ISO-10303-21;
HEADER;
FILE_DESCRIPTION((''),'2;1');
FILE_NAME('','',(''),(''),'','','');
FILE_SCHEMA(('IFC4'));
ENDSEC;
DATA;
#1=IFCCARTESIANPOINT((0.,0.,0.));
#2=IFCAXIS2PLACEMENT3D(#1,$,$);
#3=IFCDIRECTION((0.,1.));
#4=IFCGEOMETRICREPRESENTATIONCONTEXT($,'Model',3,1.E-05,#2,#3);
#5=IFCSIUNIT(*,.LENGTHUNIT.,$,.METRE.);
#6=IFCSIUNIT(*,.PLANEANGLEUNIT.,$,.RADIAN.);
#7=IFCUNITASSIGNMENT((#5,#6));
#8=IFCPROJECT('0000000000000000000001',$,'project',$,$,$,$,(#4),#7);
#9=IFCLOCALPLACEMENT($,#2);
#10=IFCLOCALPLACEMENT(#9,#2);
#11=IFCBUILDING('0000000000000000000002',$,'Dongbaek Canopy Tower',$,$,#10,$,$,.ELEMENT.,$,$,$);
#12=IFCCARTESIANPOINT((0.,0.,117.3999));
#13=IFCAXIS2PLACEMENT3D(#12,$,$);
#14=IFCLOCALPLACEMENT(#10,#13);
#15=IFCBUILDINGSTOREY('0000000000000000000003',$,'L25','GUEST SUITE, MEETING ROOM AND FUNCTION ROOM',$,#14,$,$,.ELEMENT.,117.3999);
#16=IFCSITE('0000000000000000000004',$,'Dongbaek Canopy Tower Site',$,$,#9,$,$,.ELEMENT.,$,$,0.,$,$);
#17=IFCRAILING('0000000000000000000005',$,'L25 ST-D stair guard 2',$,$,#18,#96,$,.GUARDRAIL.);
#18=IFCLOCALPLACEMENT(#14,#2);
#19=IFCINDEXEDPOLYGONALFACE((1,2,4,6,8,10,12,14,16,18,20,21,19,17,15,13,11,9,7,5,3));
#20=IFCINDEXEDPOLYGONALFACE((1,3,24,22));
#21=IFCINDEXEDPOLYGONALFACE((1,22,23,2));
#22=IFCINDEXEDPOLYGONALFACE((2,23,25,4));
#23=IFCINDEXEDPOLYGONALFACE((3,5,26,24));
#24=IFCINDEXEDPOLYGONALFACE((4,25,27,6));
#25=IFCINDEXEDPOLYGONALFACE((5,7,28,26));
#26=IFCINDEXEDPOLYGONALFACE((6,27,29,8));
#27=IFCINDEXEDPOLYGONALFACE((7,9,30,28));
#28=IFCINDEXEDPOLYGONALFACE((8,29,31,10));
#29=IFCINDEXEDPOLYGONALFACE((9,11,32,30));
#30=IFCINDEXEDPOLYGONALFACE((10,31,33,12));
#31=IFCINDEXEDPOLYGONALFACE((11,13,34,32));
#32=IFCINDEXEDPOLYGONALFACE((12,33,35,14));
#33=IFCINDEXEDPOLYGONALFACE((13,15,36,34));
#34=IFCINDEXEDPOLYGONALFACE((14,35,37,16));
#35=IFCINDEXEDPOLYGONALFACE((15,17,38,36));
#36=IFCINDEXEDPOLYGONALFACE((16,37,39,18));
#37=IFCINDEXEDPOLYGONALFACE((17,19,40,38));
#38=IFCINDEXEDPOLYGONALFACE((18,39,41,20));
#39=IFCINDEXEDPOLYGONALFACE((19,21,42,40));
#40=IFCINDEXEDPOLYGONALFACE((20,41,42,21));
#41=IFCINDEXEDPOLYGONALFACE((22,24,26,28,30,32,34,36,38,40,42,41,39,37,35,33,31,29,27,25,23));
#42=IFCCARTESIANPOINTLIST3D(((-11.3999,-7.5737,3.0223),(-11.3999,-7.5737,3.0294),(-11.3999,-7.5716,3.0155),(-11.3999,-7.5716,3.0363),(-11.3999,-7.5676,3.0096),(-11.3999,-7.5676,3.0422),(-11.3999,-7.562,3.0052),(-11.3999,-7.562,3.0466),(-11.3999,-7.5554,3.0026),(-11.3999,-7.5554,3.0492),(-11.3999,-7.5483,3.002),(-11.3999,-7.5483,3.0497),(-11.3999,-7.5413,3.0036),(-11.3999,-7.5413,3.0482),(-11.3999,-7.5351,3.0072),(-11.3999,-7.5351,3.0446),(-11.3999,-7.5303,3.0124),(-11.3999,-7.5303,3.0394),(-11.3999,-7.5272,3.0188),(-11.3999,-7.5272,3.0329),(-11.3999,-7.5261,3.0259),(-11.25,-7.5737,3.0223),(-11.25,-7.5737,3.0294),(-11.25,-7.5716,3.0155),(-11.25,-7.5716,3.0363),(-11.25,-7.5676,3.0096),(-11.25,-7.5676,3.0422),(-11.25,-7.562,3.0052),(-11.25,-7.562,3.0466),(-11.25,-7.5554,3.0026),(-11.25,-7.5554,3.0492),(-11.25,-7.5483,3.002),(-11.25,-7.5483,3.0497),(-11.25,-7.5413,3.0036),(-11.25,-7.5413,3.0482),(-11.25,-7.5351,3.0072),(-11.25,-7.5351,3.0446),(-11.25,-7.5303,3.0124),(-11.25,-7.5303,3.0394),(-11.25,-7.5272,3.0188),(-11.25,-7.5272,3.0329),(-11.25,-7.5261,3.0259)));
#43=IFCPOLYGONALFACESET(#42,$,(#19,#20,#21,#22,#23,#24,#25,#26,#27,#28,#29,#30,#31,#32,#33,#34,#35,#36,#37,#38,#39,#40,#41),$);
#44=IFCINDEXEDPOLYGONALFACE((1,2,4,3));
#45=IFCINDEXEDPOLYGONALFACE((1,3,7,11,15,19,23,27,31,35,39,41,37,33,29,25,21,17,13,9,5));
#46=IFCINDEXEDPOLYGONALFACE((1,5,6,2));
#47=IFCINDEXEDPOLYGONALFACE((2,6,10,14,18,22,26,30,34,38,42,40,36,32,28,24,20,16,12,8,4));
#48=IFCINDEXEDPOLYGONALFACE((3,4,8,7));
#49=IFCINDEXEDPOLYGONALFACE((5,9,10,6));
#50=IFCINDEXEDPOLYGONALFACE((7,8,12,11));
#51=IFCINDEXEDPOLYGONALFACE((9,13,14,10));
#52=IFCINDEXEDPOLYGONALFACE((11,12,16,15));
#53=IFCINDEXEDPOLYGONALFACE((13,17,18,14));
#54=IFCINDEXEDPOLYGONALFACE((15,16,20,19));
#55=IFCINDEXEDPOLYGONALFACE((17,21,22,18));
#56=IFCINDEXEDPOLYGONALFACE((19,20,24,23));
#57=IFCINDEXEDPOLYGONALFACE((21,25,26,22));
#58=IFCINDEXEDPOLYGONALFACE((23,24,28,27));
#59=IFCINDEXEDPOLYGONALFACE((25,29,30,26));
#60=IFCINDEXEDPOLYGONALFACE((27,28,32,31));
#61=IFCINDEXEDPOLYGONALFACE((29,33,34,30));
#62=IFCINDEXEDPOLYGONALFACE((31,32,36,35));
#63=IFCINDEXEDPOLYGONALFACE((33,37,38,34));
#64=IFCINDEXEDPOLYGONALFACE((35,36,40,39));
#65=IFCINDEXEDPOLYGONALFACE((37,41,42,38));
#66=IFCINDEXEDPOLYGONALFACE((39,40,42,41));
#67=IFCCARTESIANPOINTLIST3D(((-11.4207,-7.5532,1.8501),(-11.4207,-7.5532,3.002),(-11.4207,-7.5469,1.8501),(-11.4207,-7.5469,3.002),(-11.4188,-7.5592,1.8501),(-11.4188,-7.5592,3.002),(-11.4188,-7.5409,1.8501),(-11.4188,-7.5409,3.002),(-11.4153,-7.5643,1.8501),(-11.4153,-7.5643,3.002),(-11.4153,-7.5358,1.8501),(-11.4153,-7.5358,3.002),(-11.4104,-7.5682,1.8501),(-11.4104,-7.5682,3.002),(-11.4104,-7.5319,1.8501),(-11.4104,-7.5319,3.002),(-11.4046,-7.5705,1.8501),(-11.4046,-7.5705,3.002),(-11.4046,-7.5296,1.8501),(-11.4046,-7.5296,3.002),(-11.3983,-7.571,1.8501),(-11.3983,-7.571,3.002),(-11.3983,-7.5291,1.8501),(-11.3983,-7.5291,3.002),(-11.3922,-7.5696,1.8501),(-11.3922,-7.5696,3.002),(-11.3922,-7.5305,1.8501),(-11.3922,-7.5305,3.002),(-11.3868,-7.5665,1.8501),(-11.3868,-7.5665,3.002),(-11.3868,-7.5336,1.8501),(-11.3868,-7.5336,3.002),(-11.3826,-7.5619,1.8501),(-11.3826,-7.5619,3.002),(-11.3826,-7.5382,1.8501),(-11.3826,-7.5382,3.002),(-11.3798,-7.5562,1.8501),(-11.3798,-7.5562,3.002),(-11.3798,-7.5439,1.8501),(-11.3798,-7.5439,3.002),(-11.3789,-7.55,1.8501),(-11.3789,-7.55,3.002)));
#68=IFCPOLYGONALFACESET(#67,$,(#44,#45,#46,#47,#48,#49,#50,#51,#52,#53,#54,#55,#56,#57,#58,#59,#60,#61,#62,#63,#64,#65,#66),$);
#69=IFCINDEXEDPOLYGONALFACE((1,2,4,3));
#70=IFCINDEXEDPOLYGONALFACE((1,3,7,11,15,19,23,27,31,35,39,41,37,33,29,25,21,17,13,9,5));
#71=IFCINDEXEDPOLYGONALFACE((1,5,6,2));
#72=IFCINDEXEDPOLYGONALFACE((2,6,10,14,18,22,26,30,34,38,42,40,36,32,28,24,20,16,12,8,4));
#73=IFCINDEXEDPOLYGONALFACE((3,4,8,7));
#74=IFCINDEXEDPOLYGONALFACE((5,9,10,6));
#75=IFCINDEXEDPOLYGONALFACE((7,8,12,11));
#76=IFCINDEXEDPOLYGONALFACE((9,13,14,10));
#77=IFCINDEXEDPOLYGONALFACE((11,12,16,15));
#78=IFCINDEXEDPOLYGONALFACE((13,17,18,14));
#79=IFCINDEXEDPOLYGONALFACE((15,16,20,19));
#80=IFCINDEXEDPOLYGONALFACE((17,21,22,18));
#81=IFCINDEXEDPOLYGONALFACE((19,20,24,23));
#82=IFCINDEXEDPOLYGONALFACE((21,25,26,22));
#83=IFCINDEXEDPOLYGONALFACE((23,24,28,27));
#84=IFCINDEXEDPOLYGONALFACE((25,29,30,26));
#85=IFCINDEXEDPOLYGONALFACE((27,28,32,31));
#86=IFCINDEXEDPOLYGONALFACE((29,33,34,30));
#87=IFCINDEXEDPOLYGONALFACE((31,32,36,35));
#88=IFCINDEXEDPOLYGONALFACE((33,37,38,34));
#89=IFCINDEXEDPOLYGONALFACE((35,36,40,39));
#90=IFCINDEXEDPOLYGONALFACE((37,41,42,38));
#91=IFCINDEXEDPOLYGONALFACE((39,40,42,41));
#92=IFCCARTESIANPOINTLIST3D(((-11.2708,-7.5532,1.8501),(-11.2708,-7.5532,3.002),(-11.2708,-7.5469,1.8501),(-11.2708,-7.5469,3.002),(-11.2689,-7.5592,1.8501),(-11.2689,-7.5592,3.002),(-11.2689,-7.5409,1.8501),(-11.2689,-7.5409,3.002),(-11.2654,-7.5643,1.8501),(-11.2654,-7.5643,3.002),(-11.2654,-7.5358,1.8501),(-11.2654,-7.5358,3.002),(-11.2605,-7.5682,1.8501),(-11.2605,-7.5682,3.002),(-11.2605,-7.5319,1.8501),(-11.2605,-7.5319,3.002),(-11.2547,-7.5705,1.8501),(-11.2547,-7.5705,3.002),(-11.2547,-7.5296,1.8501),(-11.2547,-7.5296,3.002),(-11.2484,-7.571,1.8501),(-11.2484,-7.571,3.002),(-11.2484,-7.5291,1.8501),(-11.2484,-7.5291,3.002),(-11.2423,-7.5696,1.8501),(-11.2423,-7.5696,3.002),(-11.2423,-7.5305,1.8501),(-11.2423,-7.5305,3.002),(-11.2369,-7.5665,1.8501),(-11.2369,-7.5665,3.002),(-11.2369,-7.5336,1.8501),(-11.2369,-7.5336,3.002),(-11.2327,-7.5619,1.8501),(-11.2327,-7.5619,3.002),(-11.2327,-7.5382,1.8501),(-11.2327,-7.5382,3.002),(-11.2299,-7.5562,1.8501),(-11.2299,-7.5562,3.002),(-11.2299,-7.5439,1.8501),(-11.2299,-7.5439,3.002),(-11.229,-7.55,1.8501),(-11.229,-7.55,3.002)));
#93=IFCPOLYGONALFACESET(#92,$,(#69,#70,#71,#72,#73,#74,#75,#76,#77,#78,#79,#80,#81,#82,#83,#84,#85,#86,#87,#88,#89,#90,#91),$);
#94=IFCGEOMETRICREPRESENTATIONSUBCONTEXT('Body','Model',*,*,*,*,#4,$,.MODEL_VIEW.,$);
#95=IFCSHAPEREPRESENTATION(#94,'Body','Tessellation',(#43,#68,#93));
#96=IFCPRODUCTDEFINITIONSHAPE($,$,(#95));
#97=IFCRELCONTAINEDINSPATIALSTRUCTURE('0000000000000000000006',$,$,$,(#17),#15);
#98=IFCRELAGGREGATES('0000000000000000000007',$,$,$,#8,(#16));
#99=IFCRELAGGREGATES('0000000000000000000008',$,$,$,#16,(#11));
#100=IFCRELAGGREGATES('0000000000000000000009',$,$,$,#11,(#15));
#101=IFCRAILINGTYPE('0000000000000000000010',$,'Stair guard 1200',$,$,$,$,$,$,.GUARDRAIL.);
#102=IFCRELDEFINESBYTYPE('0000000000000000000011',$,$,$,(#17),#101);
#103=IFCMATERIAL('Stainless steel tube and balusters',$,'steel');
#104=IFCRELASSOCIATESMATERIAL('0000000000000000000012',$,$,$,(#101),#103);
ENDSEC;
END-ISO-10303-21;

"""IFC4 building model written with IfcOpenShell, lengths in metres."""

from ifc_helpers import new_model, si_unit, direction, frame, origin, origin_2d, place, context, subcontext, project, spatial, circle, extrude, material, type_object, element, save


model = new_model("IFC4")

# Units and contexts
model_context = context("Model", 3, precision=1e-05, world=origin(), true_north=direction((0.0, 1.0)))
body_context = subcontext(model_context, "Body", "Model", "MODEL_VIEW")
ifc_project = project(units=[si_unit("LENGTHUNIT", "METRE"), si_unit("PLANEANGLEUNIT", "RADIAN")], contexts=[model_context])

# Site, building, storey
site_placement = place(None, origin())
site = spatial("IfcSite", under=ifc_project, at=site_placement, Name="Dongbaek Canopy Tower Site", CompositionType="ELEMENT", RefElevation=0.0)
building_placement = place(site_placement, origin())
building = spatial("IfcBuilding", under=site, at=building_placement, Name="Dongbaek Canopy Tower", CompositionType="ELEMENT")
storey_placement = place(building_placement, frame((0.0, 0.0, 117.3999)))
storey = spatial("IfcBuildingStorey", under=building, at=storey_placement, Name="L25", Description="GUEST SUITE, MEETING ROOM AND FUNCTION ROOM", CompositionType="ELEMENT", Elevation=117.3999)

# Railing
ifc_material_1 = material(Name="Stainless steel tube and balusters", Category="steel")
railing_type_1 = type_object("IfcRailingType", Name="Stair guard 1200", PredefinedType="GUARDRAIL", material=ifc_material_1)
railing_1_placement = place(storey_placement, frame((-11.3999, -7.55, 1.8501)))
element("IfcRailing", 1, at=railing_1_placement, inside=storey, type_object=railing_type_1, Name="L25 ST-D stair guard 2", PredefinedType="GUARDRAIL", context=body_context, shape_type="SweptSolid", body=[
    extrude(circle(Radius=0.0239, at=origin_2d()), frame((0.0, 0.0, 1.1758), z_axis=(1.0, 0.0, 0.0), x_axis=(0.0, 1.0, 0.0)), (0.0, 0.0, 1.0), 0.1499),
    extrude(circle(Radius=0.021, at=origin_2d()), origin(), (0.0, 0.0, 1.0), 1.1519),
    extrude(circle(Radius=0.021, at=origin_2d()), frame((0.1499, 0.0, 0.0)), (0.0, 0.0, 1.0), 1.1519),
])

save(model, "model.ifc")
